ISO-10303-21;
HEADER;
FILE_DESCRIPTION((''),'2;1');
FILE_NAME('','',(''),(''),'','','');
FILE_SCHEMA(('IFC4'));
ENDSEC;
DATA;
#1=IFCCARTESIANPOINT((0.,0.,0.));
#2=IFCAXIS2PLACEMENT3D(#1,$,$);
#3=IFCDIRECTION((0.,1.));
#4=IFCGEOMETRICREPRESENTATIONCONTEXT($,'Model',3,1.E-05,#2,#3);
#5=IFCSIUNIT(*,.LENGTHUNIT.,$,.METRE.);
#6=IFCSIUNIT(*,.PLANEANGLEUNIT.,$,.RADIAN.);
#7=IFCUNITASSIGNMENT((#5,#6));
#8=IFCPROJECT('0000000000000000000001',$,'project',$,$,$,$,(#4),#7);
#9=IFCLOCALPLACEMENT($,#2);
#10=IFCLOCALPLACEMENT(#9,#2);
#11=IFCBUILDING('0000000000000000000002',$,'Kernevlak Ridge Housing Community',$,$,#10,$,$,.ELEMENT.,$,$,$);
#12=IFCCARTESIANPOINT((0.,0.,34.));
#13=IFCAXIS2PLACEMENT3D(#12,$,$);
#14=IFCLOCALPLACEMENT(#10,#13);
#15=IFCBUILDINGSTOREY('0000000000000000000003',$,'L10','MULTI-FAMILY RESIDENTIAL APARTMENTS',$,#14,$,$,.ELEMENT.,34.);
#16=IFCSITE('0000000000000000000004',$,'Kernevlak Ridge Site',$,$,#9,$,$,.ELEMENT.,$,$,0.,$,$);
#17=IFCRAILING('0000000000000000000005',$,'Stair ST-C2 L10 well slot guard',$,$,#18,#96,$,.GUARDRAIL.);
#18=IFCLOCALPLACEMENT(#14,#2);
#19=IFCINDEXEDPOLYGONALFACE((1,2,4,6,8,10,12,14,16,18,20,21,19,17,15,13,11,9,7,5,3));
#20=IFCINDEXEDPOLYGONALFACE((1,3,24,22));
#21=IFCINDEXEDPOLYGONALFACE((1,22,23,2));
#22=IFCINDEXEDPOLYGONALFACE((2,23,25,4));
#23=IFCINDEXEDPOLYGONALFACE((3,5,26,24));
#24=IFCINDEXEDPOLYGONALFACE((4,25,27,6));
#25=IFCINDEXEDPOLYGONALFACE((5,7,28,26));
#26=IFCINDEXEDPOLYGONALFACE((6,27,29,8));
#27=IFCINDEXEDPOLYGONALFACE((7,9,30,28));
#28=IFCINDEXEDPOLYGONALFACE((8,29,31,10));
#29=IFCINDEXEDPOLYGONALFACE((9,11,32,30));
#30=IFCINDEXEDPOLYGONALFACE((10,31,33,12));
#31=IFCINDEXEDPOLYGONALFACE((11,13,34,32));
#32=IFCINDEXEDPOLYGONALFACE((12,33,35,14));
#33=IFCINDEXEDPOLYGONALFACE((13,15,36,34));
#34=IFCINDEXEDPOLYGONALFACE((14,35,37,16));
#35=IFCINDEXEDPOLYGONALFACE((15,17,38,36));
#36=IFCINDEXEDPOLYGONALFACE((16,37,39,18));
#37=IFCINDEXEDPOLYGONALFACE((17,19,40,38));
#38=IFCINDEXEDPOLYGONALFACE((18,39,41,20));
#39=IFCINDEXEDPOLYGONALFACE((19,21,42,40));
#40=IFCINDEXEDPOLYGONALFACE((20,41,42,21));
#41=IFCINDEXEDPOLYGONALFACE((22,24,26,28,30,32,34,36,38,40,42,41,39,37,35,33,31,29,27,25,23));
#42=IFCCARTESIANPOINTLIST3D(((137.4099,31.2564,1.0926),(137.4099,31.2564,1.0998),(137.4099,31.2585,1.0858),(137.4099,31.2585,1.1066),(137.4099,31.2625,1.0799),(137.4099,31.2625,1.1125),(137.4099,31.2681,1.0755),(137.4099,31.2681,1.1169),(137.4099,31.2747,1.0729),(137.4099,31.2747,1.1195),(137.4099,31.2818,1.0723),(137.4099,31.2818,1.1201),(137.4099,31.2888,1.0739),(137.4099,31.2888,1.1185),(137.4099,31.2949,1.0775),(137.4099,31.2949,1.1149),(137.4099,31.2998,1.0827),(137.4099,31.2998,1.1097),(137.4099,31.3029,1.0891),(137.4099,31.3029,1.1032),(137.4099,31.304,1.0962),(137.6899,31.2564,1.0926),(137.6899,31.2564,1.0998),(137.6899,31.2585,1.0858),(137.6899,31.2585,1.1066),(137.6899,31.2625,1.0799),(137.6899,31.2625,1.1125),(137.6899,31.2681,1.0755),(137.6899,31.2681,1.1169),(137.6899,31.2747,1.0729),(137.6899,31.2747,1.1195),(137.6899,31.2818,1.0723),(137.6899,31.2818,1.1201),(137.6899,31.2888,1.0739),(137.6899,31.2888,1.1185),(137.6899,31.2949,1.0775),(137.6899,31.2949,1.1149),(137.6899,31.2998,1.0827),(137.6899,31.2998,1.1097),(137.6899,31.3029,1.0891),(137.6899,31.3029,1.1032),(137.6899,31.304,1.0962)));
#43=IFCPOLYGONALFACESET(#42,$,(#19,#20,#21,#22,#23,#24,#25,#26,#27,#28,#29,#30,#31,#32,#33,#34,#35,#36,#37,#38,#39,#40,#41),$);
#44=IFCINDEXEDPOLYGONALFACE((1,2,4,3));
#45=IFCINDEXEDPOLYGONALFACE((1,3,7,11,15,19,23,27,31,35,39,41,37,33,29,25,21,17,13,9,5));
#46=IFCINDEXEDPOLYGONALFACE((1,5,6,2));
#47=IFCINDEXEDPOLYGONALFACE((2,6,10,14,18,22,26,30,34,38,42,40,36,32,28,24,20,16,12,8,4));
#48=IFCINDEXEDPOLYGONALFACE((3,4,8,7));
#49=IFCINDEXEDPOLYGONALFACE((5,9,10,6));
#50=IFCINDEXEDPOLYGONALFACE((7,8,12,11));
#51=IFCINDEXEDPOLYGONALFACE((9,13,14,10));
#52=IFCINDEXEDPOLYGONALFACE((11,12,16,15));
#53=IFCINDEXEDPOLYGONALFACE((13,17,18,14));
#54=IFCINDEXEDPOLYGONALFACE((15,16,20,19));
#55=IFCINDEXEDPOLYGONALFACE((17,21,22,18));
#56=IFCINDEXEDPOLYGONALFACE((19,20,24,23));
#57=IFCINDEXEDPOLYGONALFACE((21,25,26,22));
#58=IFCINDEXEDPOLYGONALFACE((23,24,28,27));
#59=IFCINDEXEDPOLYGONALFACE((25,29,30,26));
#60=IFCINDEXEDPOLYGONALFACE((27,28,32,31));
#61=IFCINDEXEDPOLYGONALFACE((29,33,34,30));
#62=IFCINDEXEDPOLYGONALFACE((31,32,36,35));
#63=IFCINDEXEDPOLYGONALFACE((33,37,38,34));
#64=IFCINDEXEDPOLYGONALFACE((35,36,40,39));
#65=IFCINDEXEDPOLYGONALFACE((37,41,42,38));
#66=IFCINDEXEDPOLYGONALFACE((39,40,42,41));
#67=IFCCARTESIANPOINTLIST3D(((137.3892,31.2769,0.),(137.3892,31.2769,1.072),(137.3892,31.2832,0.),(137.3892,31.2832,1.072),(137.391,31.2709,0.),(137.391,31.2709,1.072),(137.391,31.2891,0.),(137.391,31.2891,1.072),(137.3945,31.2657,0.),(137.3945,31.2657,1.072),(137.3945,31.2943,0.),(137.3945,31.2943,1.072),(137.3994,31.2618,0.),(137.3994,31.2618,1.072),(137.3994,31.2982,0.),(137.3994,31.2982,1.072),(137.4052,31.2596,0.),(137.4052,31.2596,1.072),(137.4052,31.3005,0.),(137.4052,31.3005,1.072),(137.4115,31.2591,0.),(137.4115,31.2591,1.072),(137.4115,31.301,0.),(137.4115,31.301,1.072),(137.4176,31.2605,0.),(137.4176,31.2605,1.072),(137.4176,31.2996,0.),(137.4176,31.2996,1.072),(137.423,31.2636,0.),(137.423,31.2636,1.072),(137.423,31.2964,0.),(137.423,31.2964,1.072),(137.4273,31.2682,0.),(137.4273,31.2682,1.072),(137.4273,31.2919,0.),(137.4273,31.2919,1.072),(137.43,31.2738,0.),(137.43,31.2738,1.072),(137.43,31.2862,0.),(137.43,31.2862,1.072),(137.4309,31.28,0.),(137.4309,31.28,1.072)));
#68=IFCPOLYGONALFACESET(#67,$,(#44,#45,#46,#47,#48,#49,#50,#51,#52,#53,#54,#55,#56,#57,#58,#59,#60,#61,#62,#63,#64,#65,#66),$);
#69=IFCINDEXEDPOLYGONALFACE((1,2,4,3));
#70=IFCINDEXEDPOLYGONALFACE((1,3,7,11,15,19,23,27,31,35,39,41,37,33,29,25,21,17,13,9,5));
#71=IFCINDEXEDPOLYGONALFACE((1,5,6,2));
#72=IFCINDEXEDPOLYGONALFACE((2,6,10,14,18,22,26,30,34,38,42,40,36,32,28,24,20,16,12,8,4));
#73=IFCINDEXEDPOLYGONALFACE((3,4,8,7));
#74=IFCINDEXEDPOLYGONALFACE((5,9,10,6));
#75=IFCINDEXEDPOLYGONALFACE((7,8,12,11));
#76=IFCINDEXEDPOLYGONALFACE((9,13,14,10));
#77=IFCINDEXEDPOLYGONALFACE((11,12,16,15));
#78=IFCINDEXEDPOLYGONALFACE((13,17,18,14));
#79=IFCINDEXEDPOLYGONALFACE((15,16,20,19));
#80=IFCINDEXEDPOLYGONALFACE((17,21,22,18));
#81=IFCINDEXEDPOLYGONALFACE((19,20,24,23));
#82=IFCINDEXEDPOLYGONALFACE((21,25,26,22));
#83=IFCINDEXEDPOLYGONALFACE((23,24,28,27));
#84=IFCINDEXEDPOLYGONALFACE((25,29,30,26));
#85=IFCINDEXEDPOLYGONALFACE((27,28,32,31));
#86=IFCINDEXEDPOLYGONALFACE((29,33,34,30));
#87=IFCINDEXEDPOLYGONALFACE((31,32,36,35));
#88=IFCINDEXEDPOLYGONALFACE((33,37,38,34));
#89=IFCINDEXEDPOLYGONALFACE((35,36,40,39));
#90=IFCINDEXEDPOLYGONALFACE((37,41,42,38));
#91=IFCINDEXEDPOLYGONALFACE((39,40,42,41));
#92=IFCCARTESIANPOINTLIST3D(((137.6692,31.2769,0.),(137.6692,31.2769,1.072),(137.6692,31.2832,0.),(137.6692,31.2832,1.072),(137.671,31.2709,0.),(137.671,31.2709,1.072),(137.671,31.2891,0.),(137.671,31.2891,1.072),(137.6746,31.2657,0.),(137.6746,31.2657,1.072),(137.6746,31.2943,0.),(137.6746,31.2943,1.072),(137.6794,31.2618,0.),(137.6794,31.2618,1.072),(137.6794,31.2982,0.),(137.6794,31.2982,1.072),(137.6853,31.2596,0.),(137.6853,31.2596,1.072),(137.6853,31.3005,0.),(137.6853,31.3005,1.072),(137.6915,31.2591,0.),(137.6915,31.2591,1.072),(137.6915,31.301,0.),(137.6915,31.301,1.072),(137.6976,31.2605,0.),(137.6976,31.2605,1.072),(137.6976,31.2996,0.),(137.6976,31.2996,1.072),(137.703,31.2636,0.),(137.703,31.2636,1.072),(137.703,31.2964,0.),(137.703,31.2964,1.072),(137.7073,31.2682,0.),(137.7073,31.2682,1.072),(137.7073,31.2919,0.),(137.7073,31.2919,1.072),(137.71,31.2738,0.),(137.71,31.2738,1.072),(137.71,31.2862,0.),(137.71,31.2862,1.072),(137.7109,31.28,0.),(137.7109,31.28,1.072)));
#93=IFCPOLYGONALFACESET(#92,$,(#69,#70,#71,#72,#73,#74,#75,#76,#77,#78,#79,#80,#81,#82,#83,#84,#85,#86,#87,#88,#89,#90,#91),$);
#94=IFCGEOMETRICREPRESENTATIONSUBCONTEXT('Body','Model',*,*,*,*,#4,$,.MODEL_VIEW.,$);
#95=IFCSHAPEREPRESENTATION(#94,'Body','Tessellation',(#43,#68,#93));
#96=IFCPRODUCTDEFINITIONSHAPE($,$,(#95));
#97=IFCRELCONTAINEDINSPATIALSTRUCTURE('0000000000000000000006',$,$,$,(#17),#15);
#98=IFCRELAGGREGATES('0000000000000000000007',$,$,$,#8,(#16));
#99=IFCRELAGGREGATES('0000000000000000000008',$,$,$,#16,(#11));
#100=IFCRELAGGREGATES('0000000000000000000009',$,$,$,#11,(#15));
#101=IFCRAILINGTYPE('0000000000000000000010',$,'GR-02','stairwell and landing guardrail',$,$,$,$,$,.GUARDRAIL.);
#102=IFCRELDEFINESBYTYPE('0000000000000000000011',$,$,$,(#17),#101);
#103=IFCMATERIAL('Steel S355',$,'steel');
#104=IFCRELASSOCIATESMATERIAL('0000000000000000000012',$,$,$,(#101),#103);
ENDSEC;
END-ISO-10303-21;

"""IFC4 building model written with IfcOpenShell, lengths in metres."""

from ifc_helpers import new_model, si_unit, direction, frame, origin, origin_2d, place, context, subcontext, project, spatial, circle, extrude, material, type_object, element, save


model = new_model("IFC4")

# Units and contexts
model_context = context("Model", 3, precision=1e-05, world=origin(), true_north=direction((0.0, 1.0)))
body_context = subcontext(model_context, "Body", "Model", "MODEL_VIEW")
ifc_project = project(units=[si_unit("LENGTHUNIT", "METRE"), si_unit("PLANEANGLEUNIT", "RADIAN")], contexts=[model_context])

# Site, building, storey
site_placement = place(None, origin())
site = spatial("IfcSite", under=ifc_project, at=site_placement, Name="Kernevlak Ridge Site", CompositionType="ELEMENT", RefElevation=0.0)
building_placement = place(site_placement, origin())
building = spatial("IfcBuilding", under=site, at=building_placement, Name="Kernevlak Ridge Housing Community", CompositionType="ELEMENT")
storey_placement = place(building_placement, frame((0.0, 0.0, 34.0)))
storey = spatial("IfcBuildingStorey", under=building, at=storey_placement, Name="L10", Description="MULTI-FAMILY RESIDENTIAL APARTMENTS", CompositionType="ELEMENT", Elevation=34.0)

# Railing
ifc_material_1 = material(Name="Steel S355", Category="steel")
railing_type_1 = type_object("IfcRailingType", Name="GR-02", Description="stairwell and landing guardrail", PredefinedType="GUARDRAIL", material=ifc_material_1)
railing_1_placement = place(storey_placement, frame((137.4099, 31.28, 0.0)))
element("IfcRailing", 1, at=railing_1_placement, inside=storey, type_object=railing_type_1, Name="Stair ST-C2 L10 well slot guard", PredefinedType="GUARDRAIL", context=body_context, shape_type="SweptSolid", body=[
    extrude(circle(Radius=0.0239, at=origin_2d()), frame((0.0, 0.0, 1.0962), z_axis=(1.0, 0.0, 0.0), x_axis=(0.0, 1.0, 0.0)), (0.0, 0.0, 1.0), 0.28),
    extrude(circle(Radius=0.021, at=origin_2d()), origin(), (0.0, 0.0, 1.0), 1.072),
    extrude(circle(Radius=0.021, at=origin_2d()), frame((0.28, 0.0, 0.0)), (0.0, 0.0, 1.0), 1.072),
])

save(model, "model.ifc")
